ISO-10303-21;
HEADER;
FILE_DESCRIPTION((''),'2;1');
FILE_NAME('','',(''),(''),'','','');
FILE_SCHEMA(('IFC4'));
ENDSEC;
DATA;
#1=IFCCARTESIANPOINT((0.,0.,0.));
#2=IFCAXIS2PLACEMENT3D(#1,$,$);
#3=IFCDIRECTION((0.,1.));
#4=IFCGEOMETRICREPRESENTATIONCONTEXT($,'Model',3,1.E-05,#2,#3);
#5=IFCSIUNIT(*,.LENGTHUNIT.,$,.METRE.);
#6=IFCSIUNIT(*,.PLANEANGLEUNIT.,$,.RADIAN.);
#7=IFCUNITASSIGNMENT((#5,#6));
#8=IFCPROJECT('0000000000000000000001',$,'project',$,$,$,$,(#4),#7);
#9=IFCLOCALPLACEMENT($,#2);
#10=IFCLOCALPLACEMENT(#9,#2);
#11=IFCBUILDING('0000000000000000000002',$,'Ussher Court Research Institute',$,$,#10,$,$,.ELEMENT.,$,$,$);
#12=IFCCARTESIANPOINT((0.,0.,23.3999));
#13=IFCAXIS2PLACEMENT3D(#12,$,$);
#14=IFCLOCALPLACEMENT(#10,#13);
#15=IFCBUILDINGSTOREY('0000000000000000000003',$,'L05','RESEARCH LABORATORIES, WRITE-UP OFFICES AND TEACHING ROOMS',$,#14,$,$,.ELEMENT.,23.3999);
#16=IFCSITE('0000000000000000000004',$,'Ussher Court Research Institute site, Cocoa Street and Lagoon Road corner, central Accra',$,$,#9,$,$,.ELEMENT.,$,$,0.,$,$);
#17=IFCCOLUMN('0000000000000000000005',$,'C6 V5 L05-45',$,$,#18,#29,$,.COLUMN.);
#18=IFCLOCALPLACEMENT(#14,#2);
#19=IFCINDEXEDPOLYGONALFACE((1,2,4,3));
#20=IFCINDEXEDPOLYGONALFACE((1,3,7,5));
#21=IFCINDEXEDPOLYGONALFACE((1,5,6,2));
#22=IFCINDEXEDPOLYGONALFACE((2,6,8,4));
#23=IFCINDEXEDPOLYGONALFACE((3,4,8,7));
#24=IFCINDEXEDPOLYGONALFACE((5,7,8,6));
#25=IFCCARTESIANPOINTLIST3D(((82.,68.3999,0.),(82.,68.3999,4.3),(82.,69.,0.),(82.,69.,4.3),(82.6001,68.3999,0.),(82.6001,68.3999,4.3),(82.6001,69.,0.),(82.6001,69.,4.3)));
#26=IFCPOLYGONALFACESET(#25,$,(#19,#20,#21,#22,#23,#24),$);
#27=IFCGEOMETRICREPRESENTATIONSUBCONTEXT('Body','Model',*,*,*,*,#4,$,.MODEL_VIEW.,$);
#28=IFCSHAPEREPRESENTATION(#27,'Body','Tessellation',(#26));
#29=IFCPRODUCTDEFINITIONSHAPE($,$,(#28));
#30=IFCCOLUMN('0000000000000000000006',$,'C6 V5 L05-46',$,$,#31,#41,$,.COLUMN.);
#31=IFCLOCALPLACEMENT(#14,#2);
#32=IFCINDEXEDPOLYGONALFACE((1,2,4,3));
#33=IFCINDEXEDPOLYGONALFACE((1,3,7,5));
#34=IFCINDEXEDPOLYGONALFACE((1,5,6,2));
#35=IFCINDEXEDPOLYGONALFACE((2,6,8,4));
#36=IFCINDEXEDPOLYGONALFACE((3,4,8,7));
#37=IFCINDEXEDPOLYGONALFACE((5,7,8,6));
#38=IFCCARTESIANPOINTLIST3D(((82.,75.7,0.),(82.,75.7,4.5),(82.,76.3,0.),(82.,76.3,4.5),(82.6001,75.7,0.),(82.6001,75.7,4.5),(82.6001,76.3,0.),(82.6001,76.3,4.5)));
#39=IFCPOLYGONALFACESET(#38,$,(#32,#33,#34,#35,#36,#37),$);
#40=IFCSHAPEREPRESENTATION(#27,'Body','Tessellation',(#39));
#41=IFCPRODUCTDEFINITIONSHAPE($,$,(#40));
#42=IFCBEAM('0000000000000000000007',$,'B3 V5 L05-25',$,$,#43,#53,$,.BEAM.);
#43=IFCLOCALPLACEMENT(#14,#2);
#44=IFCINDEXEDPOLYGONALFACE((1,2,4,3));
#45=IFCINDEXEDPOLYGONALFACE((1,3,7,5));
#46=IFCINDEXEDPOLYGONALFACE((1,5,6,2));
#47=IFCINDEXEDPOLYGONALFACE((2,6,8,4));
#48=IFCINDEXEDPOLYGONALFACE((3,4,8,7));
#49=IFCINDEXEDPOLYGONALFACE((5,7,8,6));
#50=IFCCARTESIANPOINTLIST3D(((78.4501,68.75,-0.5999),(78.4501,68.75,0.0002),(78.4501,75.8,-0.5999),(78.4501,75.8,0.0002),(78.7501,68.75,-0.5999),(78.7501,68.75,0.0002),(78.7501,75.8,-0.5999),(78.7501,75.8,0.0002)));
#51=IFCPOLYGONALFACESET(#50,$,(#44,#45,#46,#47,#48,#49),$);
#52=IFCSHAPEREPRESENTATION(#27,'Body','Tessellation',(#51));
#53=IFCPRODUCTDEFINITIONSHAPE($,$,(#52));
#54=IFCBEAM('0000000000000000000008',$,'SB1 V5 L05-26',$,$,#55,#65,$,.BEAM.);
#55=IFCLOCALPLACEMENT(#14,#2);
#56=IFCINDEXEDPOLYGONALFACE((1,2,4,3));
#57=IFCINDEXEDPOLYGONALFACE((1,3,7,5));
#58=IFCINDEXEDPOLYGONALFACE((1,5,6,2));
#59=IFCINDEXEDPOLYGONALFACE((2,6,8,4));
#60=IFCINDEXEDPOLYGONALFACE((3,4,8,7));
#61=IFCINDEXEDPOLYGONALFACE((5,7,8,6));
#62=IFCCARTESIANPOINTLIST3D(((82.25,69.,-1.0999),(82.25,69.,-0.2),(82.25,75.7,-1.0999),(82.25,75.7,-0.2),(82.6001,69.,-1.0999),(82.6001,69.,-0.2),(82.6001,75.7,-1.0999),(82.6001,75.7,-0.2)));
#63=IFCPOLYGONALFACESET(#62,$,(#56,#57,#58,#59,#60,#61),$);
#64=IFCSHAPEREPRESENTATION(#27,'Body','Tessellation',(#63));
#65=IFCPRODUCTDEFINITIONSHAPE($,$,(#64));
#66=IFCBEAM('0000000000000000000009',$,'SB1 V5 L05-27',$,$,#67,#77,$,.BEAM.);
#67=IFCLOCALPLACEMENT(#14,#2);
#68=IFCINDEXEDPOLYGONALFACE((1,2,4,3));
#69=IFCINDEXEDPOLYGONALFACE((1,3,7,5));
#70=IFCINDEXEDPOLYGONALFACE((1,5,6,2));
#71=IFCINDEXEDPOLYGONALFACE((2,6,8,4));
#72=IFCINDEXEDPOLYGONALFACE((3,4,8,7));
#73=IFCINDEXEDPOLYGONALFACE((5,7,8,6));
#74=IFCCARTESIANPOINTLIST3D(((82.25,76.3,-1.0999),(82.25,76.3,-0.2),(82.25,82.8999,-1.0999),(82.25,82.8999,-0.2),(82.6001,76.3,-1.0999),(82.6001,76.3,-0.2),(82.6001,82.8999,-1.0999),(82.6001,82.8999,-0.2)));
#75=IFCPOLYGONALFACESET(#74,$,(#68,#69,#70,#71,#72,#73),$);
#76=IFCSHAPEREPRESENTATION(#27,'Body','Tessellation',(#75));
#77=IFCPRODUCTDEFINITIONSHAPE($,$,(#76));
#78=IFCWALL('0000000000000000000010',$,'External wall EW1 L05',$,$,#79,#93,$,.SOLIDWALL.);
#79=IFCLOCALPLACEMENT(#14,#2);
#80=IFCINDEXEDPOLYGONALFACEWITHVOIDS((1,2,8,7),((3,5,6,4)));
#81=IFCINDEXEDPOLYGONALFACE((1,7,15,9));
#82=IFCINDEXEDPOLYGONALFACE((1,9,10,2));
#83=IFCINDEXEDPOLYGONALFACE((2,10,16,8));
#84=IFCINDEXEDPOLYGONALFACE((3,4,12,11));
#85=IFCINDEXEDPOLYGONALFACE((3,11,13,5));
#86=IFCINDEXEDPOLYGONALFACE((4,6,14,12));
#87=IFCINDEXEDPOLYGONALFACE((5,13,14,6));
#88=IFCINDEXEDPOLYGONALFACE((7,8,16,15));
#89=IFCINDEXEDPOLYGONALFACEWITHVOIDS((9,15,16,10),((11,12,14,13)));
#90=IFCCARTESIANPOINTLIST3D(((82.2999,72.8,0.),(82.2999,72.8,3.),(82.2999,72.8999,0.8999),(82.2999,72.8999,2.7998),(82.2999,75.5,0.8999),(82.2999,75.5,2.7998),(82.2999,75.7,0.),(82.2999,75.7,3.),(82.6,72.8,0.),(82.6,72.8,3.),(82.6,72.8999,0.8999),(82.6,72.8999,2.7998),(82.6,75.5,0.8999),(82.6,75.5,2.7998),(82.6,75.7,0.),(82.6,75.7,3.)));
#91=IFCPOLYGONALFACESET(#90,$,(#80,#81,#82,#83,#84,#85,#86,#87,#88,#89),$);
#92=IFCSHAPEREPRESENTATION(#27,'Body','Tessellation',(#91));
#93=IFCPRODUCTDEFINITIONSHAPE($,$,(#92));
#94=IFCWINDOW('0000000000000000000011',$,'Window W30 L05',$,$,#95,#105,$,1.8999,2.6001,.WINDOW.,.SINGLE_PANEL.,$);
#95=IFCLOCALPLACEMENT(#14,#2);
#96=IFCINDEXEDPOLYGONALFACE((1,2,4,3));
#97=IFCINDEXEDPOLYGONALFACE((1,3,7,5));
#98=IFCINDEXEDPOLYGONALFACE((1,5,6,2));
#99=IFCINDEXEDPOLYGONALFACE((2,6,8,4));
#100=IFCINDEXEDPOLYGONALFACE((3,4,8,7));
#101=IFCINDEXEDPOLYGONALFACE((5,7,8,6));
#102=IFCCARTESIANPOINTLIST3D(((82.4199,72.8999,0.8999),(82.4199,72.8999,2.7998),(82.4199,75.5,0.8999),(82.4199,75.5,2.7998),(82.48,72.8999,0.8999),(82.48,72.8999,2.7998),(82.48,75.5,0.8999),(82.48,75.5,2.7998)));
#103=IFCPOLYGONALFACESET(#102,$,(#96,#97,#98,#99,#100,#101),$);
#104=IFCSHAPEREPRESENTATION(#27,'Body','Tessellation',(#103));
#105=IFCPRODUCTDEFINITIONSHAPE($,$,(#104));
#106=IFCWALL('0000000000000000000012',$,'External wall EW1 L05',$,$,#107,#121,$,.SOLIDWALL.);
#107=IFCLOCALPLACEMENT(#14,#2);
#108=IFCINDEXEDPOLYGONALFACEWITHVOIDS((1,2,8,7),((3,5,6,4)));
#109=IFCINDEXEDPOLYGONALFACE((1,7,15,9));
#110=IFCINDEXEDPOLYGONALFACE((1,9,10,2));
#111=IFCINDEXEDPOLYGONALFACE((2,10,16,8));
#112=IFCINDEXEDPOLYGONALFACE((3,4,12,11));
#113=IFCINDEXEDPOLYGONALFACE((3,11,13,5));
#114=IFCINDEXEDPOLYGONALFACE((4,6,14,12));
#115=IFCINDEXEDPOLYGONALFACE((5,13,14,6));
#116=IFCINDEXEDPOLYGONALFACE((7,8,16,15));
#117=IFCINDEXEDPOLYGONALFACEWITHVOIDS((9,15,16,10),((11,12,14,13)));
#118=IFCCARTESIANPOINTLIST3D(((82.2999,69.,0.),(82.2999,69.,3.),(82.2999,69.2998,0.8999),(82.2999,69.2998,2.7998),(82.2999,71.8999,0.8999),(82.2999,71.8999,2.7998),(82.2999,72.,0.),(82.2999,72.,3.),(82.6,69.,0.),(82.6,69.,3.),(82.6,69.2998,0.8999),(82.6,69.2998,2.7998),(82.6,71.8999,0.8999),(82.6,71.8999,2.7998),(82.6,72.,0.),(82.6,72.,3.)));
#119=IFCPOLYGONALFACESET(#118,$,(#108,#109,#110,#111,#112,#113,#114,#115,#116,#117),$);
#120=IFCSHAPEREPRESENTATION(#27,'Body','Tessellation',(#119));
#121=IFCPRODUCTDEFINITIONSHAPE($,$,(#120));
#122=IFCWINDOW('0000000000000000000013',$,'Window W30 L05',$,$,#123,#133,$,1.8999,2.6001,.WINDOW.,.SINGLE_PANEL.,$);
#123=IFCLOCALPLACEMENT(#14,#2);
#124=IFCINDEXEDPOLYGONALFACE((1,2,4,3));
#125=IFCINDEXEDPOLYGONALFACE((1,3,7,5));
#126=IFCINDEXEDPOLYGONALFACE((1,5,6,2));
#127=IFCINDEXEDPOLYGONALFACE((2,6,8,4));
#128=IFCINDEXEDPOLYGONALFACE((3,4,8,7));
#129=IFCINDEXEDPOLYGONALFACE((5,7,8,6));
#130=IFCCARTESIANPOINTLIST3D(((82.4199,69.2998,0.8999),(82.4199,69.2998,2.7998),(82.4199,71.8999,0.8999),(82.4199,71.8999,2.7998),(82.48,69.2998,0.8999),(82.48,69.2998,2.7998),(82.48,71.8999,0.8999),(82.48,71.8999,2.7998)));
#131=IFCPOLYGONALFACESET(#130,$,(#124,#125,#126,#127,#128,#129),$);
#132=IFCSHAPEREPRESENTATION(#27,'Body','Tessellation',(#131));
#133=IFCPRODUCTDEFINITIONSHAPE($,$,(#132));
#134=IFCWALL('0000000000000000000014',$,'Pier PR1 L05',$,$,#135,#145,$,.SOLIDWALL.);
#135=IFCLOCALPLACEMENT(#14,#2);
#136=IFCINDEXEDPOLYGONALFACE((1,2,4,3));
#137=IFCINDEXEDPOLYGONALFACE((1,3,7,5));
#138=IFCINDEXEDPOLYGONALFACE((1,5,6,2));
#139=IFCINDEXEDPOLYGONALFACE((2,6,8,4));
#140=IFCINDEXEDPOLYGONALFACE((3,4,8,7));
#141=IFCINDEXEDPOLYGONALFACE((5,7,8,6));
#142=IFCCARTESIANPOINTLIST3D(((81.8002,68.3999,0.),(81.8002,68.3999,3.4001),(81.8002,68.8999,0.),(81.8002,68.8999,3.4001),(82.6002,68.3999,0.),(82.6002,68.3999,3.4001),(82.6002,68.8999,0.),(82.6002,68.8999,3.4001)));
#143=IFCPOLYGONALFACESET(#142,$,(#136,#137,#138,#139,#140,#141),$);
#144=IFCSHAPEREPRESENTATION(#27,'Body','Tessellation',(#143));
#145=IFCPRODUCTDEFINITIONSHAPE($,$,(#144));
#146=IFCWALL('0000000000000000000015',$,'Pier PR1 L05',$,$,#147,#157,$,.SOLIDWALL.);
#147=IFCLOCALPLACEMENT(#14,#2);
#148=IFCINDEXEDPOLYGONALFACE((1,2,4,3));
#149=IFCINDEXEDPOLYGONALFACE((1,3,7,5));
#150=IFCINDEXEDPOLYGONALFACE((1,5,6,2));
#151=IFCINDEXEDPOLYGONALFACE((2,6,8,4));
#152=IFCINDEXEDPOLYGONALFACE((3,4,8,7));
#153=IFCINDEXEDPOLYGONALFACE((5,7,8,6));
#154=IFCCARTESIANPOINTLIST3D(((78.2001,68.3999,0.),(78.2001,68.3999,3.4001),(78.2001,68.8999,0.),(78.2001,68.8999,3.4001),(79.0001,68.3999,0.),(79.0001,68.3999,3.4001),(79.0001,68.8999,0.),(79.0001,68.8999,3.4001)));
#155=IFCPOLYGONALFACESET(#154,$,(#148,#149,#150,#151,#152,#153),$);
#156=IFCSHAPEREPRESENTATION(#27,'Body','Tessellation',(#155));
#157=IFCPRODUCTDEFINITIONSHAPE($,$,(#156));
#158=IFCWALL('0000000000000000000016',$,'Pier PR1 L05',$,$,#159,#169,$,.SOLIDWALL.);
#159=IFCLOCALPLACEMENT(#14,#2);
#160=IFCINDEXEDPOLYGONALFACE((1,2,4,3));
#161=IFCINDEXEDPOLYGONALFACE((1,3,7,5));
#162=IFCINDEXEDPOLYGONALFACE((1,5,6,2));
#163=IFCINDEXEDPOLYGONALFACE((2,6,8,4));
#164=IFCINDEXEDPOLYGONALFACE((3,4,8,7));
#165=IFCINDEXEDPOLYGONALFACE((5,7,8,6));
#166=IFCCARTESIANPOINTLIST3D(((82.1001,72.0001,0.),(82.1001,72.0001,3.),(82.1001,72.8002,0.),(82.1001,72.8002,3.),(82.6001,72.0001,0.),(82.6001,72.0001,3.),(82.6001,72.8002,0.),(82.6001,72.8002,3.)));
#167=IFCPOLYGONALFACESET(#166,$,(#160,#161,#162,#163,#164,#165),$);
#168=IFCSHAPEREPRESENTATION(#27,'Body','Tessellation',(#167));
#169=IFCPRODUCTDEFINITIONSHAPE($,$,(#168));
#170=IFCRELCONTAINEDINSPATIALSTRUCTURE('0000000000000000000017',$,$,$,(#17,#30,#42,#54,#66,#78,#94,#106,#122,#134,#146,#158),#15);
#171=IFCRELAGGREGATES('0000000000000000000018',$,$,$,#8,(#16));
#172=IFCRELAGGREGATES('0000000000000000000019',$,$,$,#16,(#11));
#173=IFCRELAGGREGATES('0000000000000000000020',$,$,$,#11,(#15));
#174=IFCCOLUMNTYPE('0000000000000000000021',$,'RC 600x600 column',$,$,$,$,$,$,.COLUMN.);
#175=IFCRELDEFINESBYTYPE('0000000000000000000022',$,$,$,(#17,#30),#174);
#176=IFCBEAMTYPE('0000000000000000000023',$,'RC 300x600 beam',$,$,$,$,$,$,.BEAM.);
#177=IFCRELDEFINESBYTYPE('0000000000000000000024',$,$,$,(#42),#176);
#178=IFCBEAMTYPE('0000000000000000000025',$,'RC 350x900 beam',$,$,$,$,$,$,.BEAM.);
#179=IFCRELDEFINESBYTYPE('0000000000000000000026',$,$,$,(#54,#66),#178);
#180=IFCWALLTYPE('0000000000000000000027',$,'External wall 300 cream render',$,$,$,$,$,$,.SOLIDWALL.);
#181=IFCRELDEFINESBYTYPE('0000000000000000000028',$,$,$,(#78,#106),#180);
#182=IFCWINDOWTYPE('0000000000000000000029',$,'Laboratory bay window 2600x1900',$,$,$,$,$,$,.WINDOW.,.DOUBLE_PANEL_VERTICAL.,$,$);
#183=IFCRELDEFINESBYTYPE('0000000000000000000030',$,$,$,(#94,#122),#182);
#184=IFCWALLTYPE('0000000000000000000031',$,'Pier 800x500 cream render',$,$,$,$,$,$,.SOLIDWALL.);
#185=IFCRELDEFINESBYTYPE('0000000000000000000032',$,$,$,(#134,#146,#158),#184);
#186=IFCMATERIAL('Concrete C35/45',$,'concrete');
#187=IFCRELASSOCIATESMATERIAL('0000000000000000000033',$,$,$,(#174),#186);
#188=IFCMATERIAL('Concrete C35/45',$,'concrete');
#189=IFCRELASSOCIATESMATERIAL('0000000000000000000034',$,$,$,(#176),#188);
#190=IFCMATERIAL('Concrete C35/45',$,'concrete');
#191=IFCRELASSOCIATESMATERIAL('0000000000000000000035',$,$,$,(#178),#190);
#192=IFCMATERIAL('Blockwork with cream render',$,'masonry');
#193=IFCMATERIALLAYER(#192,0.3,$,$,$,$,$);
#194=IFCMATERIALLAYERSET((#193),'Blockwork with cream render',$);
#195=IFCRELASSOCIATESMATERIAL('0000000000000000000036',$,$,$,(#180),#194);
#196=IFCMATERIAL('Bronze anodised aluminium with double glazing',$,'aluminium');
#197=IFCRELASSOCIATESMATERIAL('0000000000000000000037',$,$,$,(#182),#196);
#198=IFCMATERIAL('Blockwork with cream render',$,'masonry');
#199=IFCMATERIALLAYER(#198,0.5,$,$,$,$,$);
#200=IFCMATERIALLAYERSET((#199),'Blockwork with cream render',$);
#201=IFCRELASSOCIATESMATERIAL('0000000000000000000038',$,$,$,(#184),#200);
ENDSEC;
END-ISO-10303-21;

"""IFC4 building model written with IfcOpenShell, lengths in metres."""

from ifc_helpers import new_model, si_unit, direction, frame, frame_2d, origin, origin_2d, place, context, subcontext, project, spatial, rectangle, extrude, material, layer, layer_set, material_profile, profile_set, type_object, element, fill, save


model = new_model("IFC4")

# Units and contexts
model_context = context("Model", 3, precision=1e-05, world=origin(), true_north=direction((0.0, 1.0)))
body_context = subcontext(model_context, "Body", "Model", "MODEL_VIEW")
ifc_project = project(units=[si_unit("LENGTHUNIT", "METRE"), si_unit("PLANEANGLEUNIT", "RADIAN")], contexts=[model_context])

# Site, building, storey
site_placement = place(None, origin())
site = spatial("IfcSite", under=ifc_project, at=site_placement, Name="Ussher Court Research Institute site, Cocoa Street and Lagoon Road corner, central Accra", CompositionType="ELEMENT", RefElevation=0.0)
building_placement = place(site_placement, origin())
building = spatial("IfcBuilding", under=site, at=building_placement, Name="Ussher Court Research Institute", CompositionType="ELEMENT")
storey_placement = place(building_placement, frame((0.0, 0.0, 23.3999)))
storey = spatial("IfcBuildingStorey", under=building, at=storey_placement, Name="L05", Description="RESEARCH LABORATORIES, WRITE-UP OFFICES AND TEACHING ROOMS", CompositionType="ELEMENT", Elevation=23.3999)

# Columns
ifc_material_1 = material(Name="Concrete C35/45", Category="concrete")
ifc_material_profile_1 = material_profile(ifc_material_1, rectangle(XDim=0.6001, YDim=0.6001, at=origin_2d()), Name="RC 600x600")
ifc_profile_set_1 = profile_set([ifc_material_profile_1], Name="Concrete C35/45")
column_type = type_object("IfcColumnType", Name="RC 600x600 column", PredefinedType="COLUMN", material=ifc_profile_set_1)
column_1_placement = place(storey_placement, frame((82.3, 68.7, 0.0), z_axis=(0.0, 0.0, 1.0), x_axis=(1.0, 0.0, 0.0)))
element("IfcColumn", 1, at=column_1_placement, inside=storey, type_object=column_type, Name="C6 V5 L05-45", PredefinedType="COLUMN", context=body_context, shape_type="SweptSolid", body=[
    extrude(rectangle(XDim=0.6001, YDim=0.6001, at=origin_2d()), origin(), (0.0, 0.0, 1.0), 4.3),
])
column_2_placement = place(storey_placement, frame((82.3, 76.0, 0.0), z_axis=(0.0, 0.0, 1.0), x_axis=(1.0, 0.0, 0.0)))
element("IfcColumn", 2, at=column_2_placement, inside=storey, type_object=column_type, Name="C6 V5 L05-46", PredefinedType="COLUMN", context=body_context, shape_type="SweptSolid", body=[
    extrude(rectangle(XDim=0.6001, YDim=0.6001, at=origin_2d()), origin(), (0.0, 0.0, 1.0), 4.5),
])

# Beams
ifc_material_2 = material(Name="Concrete C35/45", Category="concrete")
ifc_material_profile_2 = material_profile(ifc_material_2, rectangle(XDim=0.3, YDim=0.6001, at=origin_2d()), Name="RC 300x600")
ifc_profile_set_2 = profile_set([ifc_material_profile_2], Name="Concrete C35/45")
beam_type_1 = type_object("IfcBeamType", Name="RC 300x600 beam", PredefinedType="BEAM", material=ifc_profile_set_2)
beam_1_placement = place(storey_placement, frame((78.6001, 68.75, -0.2998), z_axis=(0.0, 1.0, 0.0), x_axis=(-1.0, 0.0, 0.0)))
element("IfcBeam", 3, at=beam_1_placement, inside=storey, type_object=beam_type_1, Name="B3 V5 L05-25", PredefinedType="BEAM", context=body_context, shape_type="SweptSolid", body=[
    extrude(rectangle(XDim=0.3, YDim=0.6001, at=origin_2d()), origin(), (0.0, 0.0, 1.0), 7.05),
])
ifc_material_3 = material(Name="Concrete C35/45", Category="concrete")
ifc_material_profile_3 = material_profile(ifc_material_3, rectangle(XDim=0.3501, YDim=0.8999, at=origin_2d()), Name="RC 350x900")
ifc_profile_set_3 = profile_set([ifc_material_profile_3], Name="Concrete C35/45")
beam_type_2 = type_object("IfcBeamType", Name="RC 350x900 beam", PredefinedType="BEAM", material=ifc_profile_set_3)
beam_2_placement = place(storey_placement, frame((82.425, 69.0, -0.6499), z_axis=(0.0, 1.0, 0.0), x_axis=(-1.0, 0.0, 0.0)))
element("IfcBeam", 4, at=beam_2_placement, inside=storey, type_object=beam_type_2, Name="SB1 V5 L05-26", PredefinedType="BEAM", context=body_context, shape_type="SweptSolid", body=[
    extrude(rectangle(XDim=0.3501, YDim=0.8999, at=origin_2d()), origin(), (0.0, 0.0, 1.0), 6.7),
])
beam_3_placement = place(storey_placement, frame((82.425, 76.3, -0.6499), z_axis=(0.0, 1.0, 0.0), x_axis=(-1.0, 0.0, 0.0)))
element("IfcBeam", 5, at=beam_3_placement, inside=storey, type_object=beam_type_2, Name="SB1 V5 L05-27", PredefinedType="BEAM", context=body_context, shape_type="SweptSolid", body=[
    extrude(rectangle(XDim=0.3501, YDim=0.8999, at=origin_2d()), origin(), (0.0, 0.0, 1.0), 6.5999),
])

# Walls, openings, windows
ifc_material_4 = material(Name="Blockwork with cream render", Category="masonry")
ifc_layer_1 = layer(ifc_material_4, 0.3)
ifc_layer_set_1 = layer_set([ifc_layer_1], Name="Blockwork with cream render")
wall_type_1 = type_object("IfcWallType", Name="External wall 300 cream render", PredefinedType="SOLIDWALL", material=ifc_layer_set_1)
wall_1_placement = place(storey_placement, frame((82.45, 75.7, 0.0), z_axis=(0.0, 0.0, 1.0), x_axis=(0.0, -1.0, 0.0)))
wall_1 = element("IfcWall", 6, at=wall_1_placement, inside=storey, type_object=wall_type_1, Name="External wall EW1 L05", PredefinedType="SOLIDWALL", context=body_context, shape_type="SweptSolid", body=[
    extrude(rectangle(XDim=2.8999, YDim=0.3, at=frame_2d((1.45, 0.0))), origin(), (0.0, 0.0, 1.0), 3.0),
])
opening_1_placement = place(wall_1_placement, frame((0.2, 0.0, 0.8999)))
opening_1 = element("IfcOpeningElement", 7, at=opening_1_placement, cuts=wall_1, PredefinedType="OPENING", context=body_context, shape_type="SweptSolid", body=[
    extrude(rectangle(XDim=2.6001, YDim=1.8999, at=frame_2d((1.3, 0.95))), frame((0.0, 0.1602, 0.0), z_axis=(0.0, -1.0, 0.0), x_axis=(1.0, 0.0, 0.0)), (0.0, 0.0, 1.0), 0.3201),
])
ifc_material_5 = material(Name="Bronze anodised aluminium with double glazing", Category="aluminium")
window_type = type_object("IfcWindowType", Name="Laboratory bay window 2600x1900", PartitioningType="DOUBLE_PANEL_VERTICAL", PredefinedType="WINDOW", material=ifc_material_5)
window_1_placement = place(opening_1_placement, origin())
window_1 = element("IfcWindow", 8, at=window_1_placement, inside=storey, type_object=window_type, Name="Window W30 L05", OverallHeight=1.8999, OverallWidth=2.6001, PartitioningType="SINGLE_PANEL", PredefinedType="WINDOW", context=body_context, shape_type="SweptSolid", body=[
    extrude(rectangle(XDim=2.6001, YDim=1.8999, at=frame_2d((1.3, 0.95))), frame((0.0, 0.03, 0.0), z_axis=(0.0, -1.0, 0.0), x_axis=(1.0, 0.0, 0.0)), (0.0, 0.0, 1.0), 0.0601),
])
fill(opening_1, window_1)
wall_2_placement = place(storey_placement, frame((82.45, 72.0, 0.0), z_axis=(0.0, 0.0, 1.0), x_axis=(0.0, -1.0, 0.0)))
wall_2 = element("IfcWall", 9, at=wall_2_placement, inside=storey, type_object=wall_type_1, Name="External wall EW1 L05", PredefinedType="SOLIDWALL", context=body_context, shape_type="SweptSolid", body=[
    extrude(rectangle(XDim=3.0, YDim=0.3, at=frame_2d((1.5, 0.0))), origin(), (0.0, 0.0, 1.0), 3.0),
])
opening_2_placement = place(wall_2_placement, frame((0.1001, 0.0, 0.8999)))
opening_2 = element("IfcOpeningElement", 10, at=opening_2_placement, cuts=wall_2, PredefinedType="OPENING", context=body_context, shape_type="SweptSolid", body=[
    extrude(rectangle(XDim=2.6001, YDim=1.8999, at=frame_2d((1.3, 0.95))), frame((0.0, 0.1602, 0.0), z_axis=(0.0, -1.0, 0.0), x_axis=(1.0, 0.0, 0.0)), (0.0, 0.0, 1.0), 0.3201),
])
window_2_placement = place(opening_2_placement, origin())
window_2 = element("IfcWindow", 11, at=window_2_placement, inside=storey, type_object=window_type, Name="Window W30 L05", OverallHeight=1.8999, OverallWidth=2.6001, PartitioningType="SINGLE_PANEL", PredefinedType="WINDOW", context=body_context, shape_type="SweptSolid", body=[
    extrude(rectangle(XDim=2.6001, YDim=1.8999, at=frame_2d((1.3, 0.95))), frame((0.0, 0.03, 0.0), z_axis=(0.0, -1.0, 0.0), x_axis=(1.0, 0.0, 0.0)), (0.0, 0.0, 1.0), 0.0601),
])
fill(opening_2, window_2)

# Walls
ifc_material_6 = material(Name="Blockwork with cream render", Category="masonry")
ifc_layer_2 = layer(ifc_material_6, 0.5)
ifc_layer_set_2 = layer_set([ifc_layer_2], Name="Blockwork with cream render")
wall_type_2 = type_object("IfcWallType", Name="Pier 800x500 cream render", PredefinedType="SOLIDWALL", material=ifc_layer_set_2)
for number, where, z_axis, x_axis, name in (
    (12, (82.6001, 68.6499, 0.0), (0.0, 0.0, 1.0), (-1.0, 0.0, 0.0), "Pier PR1 L05"),
    (13, (79.0, 68.6499, 0.0), (0.0, 0.0, 1.0), (-1.0, 0.0, 0.0), "Pier PR1 L05"),
):
    element("IfcWall", number, at=place(storey_placement, frame(where, z_axis=z_axis, x_axis=x_axis)), inside=storey, type_object=wall_type_2, Name=name, PredefinedType="SOLIDWALL", context=body_context, shape_type="SweptSolid", body=[
        extrude(rectangle(XDim=0.8, YDim=0.5, at=frame_2d((0.3999, 0.0))), origin(), (0.0, 0.0, 1.0), 3.4001),
    ])
wall_3_placement = place(storey_placement, frame((82.3501, 72.8, 0.0), z_axis=(0.0, 0.0, 1.0), x_axis=(0.0, -1.0, 0.0)))
element("IfcWall", 14, at=wall_3_placement, inside=storey, type_object=wall_type_2, Name="Pier PR1 L05", PredefinedType="SOLIDWALL", context=body_context, shape_type="SweptSolid", body=[
    extrude(rectangle(XDim=0.8, YDim=0.5, at=frame_2d((0.3999, 0.0))), origin(), (0.0, 0.0, 1.0), 3.0),
])

save(model, "model.ifc")
